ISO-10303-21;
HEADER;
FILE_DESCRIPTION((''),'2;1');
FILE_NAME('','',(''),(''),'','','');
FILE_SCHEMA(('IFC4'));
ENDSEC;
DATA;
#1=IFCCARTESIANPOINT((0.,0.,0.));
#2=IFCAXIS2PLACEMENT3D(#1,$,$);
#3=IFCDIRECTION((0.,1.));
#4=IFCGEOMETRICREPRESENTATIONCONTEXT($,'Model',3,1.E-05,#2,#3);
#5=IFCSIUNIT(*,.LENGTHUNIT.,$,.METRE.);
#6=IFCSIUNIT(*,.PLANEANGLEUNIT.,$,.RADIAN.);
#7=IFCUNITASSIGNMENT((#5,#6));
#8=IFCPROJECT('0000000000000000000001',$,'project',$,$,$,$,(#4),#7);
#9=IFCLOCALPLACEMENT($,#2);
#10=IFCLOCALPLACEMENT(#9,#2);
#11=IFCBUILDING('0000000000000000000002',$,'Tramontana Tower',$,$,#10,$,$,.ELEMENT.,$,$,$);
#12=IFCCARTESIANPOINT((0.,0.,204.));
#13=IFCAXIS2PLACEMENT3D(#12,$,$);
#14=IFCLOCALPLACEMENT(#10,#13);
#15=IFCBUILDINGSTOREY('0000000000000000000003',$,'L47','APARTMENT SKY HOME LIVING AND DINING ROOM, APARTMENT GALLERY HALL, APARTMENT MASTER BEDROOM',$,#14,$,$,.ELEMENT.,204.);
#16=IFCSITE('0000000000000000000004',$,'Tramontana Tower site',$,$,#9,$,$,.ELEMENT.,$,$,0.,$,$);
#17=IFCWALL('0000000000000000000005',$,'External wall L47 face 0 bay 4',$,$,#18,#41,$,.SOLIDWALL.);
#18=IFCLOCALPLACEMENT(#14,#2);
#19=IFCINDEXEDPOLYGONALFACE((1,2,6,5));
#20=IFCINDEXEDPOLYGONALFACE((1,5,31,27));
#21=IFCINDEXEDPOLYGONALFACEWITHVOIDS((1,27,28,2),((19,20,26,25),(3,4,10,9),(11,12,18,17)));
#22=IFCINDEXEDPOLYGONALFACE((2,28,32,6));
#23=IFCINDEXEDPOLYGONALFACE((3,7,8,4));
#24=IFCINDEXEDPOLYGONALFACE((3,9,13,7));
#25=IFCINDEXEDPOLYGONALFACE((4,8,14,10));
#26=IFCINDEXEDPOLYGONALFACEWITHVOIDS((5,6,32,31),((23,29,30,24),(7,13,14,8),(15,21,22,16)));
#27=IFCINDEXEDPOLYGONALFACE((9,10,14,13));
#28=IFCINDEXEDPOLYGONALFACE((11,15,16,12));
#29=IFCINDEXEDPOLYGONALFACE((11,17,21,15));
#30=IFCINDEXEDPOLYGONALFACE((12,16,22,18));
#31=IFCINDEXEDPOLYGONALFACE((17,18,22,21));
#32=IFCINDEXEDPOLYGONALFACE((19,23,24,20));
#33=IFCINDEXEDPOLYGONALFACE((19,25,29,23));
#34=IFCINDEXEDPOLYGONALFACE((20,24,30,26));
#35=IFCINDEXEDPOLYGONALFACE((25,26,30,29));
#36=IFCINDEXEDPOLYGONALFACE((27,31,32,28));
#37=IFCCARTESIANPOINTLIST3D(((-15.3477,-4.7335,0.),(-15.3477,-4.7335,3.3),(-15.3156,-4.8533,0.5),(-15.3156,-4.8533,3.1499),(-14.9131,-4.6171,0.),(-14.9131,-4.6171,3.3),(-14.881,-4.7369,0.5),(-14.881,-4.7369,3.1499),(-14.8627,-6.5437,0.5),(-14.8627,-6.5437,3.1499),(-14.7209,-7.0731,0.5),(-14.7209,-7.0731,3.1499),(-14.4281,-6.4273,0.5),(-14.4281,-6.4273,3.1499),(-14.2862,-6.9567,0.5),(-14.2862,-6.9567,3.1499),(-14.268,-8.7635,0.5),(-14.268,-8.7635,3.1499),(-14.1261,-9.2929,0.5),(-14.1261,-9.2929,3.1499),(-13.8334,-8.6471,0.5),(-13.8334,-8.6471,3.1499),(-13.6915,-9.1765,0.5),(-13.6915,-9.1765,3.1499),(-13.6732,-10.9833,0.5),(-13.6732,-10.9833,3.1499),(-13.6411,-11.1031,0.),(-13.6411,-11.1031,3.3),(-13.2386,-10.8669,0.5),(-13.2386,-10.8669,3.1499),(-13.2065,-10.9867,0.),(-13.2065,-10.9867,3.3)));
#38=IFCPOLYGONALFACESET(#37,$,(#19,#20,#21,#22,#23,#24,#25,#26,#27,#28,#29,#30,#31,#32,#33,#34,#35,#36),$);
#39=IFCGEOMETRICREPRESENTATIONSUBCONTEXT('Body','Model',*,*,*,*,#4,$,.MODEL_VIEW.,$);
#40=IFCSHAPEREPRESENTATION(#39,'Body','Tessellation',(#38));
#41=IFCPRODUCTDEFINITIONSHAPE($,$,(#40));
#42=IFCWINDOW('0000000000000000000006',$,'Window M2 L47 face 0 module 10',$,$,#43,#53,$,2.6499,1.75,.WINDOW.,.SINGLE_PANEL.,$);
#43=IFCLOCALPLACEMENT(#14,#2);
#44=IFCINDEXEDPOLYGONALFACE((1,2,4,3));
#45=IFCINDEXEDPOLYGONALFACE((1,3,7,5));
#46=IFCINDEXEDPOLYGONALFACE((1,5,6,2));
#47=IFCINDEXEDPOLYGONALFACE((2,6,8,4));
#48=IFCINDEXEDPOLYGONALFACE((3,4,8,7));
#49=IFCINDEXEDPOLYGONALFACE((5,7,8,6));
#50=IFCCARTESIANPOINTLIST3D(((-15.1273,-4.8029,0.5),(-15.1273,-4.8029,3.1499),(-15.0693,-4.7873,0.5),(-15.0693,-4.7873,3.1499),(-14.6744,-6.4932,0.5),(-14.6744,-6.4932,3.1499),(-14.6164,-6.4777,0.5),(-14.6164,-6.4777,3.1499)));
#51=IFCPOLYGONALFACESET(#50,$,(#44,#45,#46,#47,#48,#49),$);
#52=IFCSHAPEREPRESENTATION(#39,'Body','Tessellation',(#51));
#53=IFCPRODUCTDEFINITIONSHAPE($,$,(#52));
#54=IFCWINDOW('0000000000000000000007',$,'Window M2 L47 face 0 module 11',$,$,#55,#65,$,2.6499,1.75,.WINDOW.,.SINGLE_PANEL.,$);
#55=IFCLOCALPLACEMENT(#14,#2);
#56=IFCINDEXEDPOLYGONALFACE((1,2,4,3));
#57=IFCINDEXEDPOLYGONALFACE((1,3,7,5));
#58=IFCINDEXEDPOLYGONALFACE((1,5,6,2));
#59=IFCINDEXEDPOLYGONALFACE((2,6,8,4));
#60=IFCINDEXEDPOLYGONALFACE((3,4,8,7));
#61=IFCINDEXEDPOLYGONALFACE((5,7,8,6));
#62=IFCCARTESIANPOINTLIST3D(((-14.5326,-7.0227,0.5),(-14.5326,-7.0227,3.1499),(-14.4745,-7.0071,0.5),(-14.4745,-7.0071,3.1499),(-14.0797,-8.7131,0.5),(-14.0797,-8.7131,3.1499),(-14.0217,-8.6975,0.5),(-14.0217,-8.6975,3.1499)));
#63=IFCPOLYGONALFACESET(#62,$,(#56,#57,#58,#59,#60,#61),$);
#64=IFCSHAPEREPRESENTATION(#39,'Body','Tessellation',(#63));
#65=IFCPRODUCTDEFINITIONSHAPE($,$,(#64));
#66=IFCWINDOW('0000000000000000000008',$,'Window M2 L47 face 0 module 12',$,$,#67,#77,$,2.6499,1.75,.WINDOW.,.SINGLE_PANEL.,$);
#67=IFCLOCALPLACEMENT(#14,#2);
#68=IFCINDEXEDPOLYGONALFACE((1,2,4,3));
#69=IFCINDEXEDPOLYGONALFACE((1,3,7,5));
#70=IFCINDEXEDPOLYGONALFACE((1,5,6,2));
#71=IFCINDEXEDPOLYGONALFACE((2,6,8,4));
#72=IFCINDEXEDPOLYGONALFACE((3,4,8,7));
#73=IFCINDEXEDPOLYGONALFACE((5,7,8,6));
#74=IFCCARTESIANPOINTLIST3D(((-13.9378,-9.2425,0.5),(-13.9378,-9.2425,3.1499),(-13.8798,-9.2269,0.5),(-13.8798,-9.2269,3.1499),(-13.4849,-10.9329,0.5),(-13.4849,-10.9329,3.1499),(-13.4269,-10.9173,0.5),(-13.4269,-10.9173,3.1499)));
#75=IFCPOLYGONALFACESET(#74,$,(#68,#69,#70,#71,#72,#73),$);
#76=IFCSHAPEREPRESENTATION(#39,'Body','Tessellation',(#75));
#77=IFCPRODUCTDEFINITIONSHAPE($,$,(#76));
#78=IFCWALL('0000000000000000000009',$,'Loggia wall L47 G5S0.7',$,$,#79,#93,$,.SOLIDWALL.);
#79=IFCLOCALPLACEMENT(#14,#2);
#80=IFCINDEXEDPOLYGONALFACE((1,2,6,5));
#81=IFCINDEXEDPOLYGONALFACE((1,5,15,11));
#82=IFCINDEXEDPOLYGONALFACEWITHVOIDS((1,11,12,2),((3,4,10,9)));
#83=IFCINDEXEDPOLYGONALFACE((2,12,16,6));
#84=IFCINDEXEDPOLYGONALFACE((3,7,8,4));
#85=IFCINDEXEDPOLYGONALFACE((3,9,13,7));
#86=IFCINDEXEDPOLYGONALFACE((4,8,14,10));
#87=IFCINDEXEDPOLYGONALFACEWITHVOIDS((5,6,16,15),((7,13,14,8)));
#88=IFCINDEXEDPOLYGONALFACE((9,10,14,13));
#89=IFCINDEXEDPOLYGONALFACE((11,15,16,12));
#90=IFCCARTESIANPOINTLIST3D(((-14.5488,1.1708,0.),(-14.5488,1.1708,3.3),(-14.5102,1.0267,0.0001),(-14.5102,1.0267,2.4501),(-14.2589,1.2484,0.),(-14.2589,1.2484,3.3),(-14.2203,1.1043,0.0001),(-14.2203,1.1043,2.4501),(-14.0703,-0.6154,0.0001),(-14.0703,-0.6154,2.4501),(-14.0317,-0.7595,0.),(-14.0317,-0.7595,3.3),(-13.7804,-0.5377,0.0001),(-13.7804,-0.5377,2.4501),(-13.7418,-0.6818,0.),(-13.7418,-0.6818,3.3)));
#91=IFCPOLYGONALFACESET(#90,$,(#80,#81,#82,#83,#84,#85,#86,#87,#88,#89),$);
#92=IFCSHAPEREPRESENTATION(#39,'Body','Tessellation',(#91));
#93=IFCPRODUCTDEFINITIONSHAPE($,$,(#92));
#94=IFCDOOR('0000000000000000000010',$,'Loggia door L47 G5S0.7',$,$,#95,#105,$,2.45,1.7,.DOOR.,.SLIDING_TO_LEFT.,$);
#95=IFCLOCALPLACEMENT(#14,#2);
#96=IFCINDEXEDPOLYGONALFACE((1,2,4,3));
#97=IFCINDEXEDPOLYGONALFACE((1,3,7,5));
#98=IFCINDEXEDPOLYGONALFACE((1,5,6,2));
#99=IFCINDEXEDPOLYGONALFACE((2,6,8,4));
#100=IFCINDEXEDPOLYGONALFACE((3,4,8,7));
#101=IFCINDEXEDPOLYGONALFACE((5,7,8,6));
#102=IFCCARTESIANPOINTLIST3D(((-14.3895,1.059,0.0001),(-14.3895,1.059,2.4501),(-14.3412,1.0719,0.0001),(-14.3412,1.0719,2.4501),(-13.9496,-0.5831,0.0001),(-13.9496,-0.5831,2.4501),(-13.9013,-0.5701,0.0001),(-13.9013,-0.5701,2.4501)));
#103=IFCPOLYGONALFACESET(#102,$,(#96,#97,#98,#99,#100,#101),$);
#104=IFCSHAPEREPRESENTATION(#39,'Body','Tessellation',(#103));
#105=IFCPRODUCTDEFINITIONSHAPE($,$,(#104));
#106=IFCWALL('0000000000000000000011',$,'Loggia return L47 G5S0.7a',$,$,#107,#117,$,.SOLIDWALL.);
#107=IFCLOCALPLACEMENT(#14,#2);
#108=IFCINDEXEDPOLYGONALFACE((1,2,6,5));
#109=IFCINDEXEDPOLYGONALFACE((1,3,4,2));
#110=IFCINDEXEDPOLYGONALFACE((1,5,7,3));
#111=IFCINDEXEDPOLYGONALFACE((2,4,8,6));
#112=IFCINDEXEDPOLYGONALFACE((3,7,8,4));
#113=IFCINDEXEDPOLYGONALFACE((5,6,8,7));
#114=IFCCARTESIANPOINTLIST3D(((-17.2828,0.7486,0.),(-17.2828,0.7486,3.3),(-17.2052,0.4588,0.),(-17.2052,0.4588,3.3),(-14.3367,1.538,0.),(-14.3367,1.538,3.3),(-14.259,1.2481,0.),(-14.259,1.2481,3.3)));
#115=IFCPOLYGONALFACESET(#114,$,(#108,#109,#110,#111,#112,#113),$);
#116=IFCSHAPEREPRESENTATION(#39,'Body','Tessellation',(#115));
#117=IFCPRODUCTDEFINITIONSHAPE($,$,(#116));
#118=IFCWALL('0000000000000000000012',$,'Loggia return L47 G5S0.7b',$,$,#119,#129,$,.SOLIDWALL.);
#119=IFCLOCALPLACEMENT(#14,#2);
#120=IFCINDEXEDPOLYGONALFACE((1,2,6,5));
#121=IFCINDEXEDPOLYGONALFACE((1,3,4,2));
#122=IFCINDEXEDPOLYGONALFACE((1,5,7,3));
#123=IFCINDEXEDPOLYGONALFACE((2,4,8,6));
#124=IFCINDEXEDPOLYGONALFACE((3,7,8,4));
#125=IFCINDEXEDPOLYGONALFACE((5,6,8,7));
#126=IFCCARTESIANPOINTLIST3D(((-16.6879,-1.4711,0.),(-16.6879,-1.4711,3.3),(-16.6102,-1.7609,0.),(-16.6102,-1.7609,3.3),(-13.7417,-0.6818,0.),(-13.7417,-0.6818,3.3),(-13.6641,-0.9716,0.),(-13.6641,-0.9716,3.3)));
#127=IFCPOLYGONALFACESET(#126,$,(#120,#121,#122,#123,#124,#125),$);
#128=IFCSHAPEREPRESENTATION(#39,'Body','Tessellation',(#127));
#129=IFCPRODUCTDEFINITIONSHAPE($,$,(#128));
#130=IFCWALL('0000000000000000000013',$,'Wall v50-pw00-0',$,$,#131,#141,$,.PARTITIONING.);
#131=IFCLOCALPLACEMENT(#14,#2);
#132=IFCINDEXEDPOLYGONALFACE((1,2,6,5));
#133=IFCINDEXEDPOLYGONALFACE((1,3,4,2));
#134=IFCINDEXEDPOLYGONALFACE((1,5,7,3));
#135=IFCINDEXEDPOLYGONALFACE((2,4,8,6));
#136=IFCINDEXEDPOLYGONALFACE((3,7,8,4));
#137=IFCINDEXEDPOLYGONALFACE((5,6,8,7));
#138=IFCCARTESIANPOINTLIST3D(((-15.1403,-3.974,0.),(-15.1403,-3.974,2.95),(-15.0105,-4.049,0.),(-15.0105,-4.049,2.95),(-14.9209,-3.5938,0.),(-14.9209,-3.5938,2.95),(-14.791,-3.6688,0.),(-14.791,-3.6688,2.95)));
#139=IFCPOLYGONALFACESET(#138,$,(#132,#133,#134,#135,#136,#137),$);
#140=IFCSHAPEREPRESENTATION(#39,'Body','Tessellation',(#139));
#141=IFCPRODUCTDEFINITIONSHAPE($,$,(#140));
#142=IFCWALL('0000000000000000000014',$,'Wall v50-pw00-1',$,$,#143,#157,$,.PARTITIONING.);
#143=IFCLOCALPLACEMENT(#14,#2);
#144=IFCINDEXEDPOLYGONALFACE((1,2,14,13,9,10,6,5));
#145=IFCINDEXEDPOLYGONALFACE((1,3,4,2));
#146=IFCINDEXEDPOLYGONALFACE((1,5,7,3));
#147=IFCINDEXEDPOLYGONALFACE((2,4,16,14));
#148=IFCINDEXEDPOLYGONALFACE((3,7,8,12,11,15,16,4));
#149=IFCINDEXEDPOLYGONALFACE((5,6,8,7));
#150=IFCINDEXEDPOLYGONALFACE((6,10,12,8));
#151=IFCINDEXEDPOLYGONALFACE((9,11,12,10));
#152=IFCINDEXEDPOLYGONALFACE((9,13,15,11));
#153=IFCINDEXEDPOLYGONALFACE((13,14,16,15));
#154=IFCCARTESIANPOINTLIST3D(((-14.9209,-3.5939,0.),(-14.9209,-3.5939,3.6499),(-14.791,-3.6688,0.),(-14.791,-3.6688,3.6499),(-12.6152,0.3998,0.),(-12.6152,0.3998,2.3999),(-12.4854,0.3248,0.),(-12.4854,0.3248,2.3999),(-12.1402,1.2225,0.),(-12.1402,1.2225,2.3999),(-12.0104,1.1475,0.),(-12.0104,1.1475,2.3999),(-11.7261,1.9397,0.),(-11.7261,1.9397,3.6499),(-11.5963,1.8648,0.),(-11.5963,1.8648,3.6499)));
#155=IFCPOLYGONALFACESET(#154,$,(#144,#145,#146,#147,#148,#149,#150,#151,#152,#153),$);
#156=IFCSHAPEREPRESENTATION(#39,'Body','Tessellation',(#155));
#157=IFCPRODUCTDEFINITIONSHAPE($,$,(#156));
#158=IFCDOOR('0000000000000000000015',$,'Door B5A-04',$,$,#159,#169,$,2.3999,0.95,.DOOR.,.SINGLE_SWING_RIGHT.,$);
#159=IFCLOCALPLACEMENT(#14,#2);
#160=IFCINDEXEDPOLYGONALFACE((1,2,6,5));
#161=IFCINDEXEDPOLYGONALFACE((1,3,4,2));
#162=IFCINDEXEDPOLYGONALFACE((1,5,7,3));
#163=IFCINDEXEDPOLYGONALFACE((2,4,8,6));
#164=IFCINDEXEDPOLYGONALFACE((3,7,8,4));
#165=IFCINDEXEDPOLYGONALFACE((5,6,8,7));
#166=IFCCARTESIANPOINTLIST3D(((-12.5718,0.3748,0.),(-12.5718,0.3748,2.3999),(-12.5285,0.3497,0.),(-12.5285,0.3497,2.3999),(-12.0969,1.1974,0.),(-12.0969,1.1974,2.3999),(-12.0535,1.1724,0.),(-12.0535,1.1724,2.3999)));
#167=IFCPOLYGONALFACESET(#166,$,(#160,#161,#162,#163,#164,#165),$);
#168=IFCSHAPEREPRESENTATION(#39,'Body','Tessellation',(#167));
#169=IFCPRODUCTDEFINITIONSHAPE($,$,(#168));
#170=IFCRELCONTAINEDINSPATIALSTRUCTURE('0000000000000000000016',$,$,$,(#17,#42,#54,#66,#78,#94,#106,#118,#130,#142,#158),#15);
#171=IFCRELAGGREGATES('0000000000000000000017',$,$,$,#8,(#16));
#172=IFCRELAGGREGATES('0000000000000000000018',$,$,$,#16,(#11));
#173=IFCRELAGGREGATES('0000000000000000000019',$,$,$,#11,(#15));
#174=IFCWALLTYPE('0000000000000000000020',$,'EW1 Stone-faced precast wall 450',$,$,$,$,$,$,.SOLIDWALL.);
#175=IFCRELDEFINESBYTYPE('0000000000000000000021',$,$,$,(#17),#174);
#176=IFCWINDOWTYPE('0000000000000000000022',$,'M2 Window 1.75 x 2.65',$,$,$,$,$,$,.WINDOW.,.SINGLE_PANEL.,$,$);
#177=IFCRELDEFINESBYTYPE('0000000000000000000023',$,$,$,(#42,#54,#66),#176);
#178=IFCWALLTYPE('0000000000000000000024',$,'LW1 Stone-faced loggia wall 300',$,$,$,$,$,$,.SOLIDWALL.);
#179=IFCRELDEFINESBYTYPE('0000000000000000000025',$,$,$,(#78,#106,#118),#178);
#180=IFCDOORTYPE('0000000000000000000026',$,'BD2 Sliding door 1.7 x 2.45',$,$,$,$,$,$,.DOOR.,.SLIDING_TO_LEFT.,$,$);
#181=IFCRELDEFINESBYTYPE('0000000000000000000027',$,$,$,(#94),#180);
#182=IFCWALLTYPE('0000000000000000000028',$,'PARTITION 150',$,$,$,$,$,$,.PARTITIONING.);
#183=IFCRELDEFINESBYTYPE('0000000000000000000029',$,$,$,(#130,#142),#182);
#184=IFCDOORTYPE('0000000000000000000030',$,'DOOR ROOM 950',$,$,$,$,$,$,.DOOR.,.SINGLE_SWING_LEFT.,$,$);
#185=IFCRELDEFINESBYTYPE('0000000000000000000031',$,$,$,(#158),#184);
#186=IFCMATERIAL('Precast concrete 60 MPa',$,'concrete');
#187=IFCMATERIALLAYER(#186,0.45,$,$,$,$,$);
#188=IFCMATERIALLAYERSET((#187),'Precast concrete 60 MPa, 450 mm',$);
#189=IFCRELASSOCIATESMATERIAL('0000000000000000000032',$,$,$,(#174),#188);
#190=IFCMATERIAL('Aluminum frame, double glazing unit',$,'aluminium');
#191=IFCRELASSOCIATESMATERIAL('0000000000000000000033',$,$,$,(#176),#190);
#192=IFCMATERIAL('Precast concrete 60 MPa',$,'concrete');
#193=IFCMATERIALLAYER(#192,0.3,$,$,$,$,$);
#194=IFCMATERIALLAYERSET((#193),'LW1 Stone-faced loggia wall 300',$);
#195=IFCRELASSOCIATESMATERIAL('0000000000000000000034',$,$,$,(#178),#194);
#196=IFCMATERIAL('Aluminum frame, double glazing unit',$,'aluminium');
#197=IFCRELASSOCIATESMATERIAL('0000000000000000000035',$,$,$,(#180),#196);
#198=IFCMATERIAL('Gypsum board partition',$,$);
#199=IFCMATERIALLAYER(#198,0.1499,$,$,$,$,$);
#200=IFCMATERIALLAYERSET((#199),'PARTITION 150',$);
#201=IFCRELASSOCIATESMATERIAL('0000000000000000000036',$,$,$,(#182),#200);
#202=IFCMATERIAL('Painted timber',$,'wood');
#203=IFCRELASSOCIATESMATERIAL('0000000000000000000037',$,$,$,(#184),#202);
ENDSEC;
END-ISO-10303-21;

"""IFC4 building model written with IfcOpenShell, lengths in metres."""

from ifc_helpers import new_model, si_unit, direction, frame, frame_2d, origin, place, context, subcontext, project, spatial, rectangle, extrude, material, layer, layer_set, type_object, element, fill, save


model = new_model("IFC4")

# Units and contexts
model_context = context("Model", 3, precision=1e-05, world=origin(), true_north=direction((0.0, 1.0)))
body_context = subcontext(model_context, "Body", "Model", "MODEL_VIEW")
ifc_project = project(units=[si_unit("LENGTHUNIT", "METRE"), si_unit("PLANEANGLEUNIT", "RADIAN")], contexts=[model_context])

# Site, building, storey
site_placement = place(None, origin())
site = spatial("IfcSite", under=ifc_project, at=site_placement, Name="Tramontana Tower site", CompositionType="ELEMENT", RefElevation=0.0)
building_placement = place(site_placement, origin())
building = spatial("IfcBuilding", under=site, at=building_placement, Name="Tramontana Tower", CompositionType="ELEMENT")
storey_placement = place(building_placement, frame((0.0, 0.0, 204.0)))
storey = spatial("IfcBuildingStorey", under=building, at=storey_placement, Name="L47", Description="APARTMENT SKY HOME LIVING AND DINING ROOM, APARTMENT GALLERY HALL, APARTMENT MASTER BEDROOM", CompositionType="ELEMENT", Elevation=204.0)

# Shared definitions
ifc_material_1 = material(Name="Precast concrete 60 MPa", Category="concrete")
ifc_layer_1 = layer(ifc_material_1, 0.45)
ifc_layer_set_1 = layer_set([ifc_layer_1], Name="Precast concrete 60 MPa, 450 mm")
wall_type_1 = type_object("IfcWallType", Name="EW1 Stone-faced precast wall 450", PredefinedType="SOLIDWALL", material=ifc_layer_set_1)
ifc_material_2 = material(Name="Aluminum frame, double glazing unit", Category="aluminium")
window_type = type_object("IfcWindowType", Name="M2 Window 1.75 x 2.65", PartitioningType="SINGLE_PANEL", PredefinedType="WINDOW", material=ifc_material_2)

# Wall, openings, windows
wall_1_placement = place(storey_placement, frame((-15.1304, -4.6753, 0.0), z_axis=(0.0, 0.0, 1.0), x_axis=(0.258792, -0.965933, 0.0)))
wall_1 = element("IfcWall", 1, at=wall_1_placement, inside=storey, type_object=wall_type_1, Name="External wall L47 face 0 bay 4", PredefinedType="SOLIDWALL", context=body_context, shape_type="SweptSolid", body=[
    extrude(rectangle(XDim=6.5942, YDim=0.45, at=frame_2d((3.2971, 0.0))), origin(), (0.0, 0.0, 1.0), 3.3),
])
opening_1_placement = place(wall_1_placement, frame((0.124, 0.0, 0.5)))
opening_1 = element("IfcOpeningElement", 2, at=opening_1_placement, cuts=wall_1, PredefinedType="OPENING", context=body_context, shape_type="SweptSolid", body=[
    extrude(rectangle(XDim=1.75, YDim=2.6499, at=frame_2d((0.875, 1.325))), frame((0.0, 0.2349, 0.0), z_axis=(0.0, -1.0, 0.0), x_axis=(1.0, 0.0, 0.0)), (0.0, 0.0, 1.0), 0.47),
])
opening_2_placement = place(wall_1_placement, frame((2.4221, 0.0, 0.5)))
opening_2 = element("IfcOpeningElement", 3, at=opening_2_placement, cuts=wall_1, PredefinedType="OPENING", context=body_context, shape_type="SweptSolid", body=[
    extrude(rectangle(XDim=1.75, YDim=2.6499, at=frame_2d((0.875, 1.325))), frame((0.0, 0.2349, 0.0), z_axis=(0.0, -1.0, 0.0), x_axis=(1.0, 0.0, 0.0)), (0.0, 0.0, 1.0), 0.47),
])
opening_3_placement = place(wall_1_placement, frame((4.7202, 0.0, 0.5)))
opening_3 = element("IfcOpeningElement", 4, at=opening_3_placement, cuts=wall_1, PredefinedType="OPENING", context=body_context, shape_type="SweptSolid", body=[
    extrude(rectangle(XDim=1.75, YDim=2.6499, at=frame_2d((0.875, 1.325))), frame((0.0, 0.2349, 0.0), z_axis=(0.0, -1.0, 0.0), x_axis=(1.0, 0.0, 0.0)), (0.0, 0.0, 1.0), 0.47),
])
window_1_placement = place(opening_1_placement, origin())
window_1 = element("IfcWindow", 5, at=window_1_placement, inside=storey, type_object=window_type, Name="Window M2 L47 face 0 module 10", OverallHeight=2.6499, OverallWidth=1.75, PartitioningType="SINGLE_PANEL", PredefinedType="WINDOW", context=body_context, shape_type="SweptSolid", body=[
    extrude(rectangle(XDim=1.75, YDim=2.6499, at=frame_2d((0.875, 1.325))), frame((0.0, 0.03, 0.0), z_axis=(0.0, -1.0, 0.0), x_axis=(1.0, 0.0, 0.0)), (0.0, 0.0, 1.0), 0.0601),
])
fill(opening_1, window_1)
window_2_placement = place(opening_2_placement, origin())
window_2 = element("IfcWindow", 6, at=window_2_placement, inside=storey, type_object=window_type, Name="Window M2 L47 face 0 module 11", OverallHeight=2.6499, OverallWidth=1.75, PartitioningType="SINGLE_PANEL", PredefinedType="WINDOW", context=body_context, shape_type="SweptSolid", body=[
    extrude(rectangle(XDim=1.75, YDim=2.6499, at=frame_2d((0.875, 1.325))), frame((0.0, 0.03, 0.0), z_axis=(0.0, -1.0, 0.0), x_axis=(1.0, 0.0, 0.0)), (0.0, 0.0, 1.0), 0.0601),
])
fill(opening_2, window_2)
window_3_placement = place(opening_3_placement, origin())
window_3 = element("IfcWindow", 7, at=window_3_placement, inside=storey, type_object=window_type, Name="Window M2 L47 face 0 module 12", OverallHeight=2.6499, OverallWidth=1.75, PartitioningType="SINGLE_PANEL", PredefinedType="WINDOW", context=body_context, shape_type="SweptSolid", body=[
    extrude(rectangle(XDim=1.75, YDim=2.6499, at=frame_2d((0.875, 1.325))), frame((0.0, 0.03, 0.0), z_axis=(0.0, -1.0, 0.0), x_axis=(1.0, 0.0, 0.0)), (0.0, 0.0, 1.0), 0.0601),
])
fill(opening_3, window_3)

# Wall, opening, door
ifc_material_3 = material(Name="Precast concrete 60 MPa", Category="concrete")
ifc_layer_2 = layer(ifc_material_3, 0.3)
ifc_layer_set_2 = layer_set([ifc_layer_2], Name="LW1 Stone-faced loggia wall 300")
wall_type_2 = type_object("IfcWallType", Name="LW1 Stone-faced loggia wall 300", PredefinedType="SOLIDWALL", material=ifc_layer_set_2)
wall_2_placement = place(storey_placement, frame((-14.4038, 1.2095, 0.0), z_axis=(0.0, 0.0, 1.0), x_axis=(0.258773, -0.965938, 0.0)))
wall_2 = element("IfcWall", 8, at=wall_2_placement, inside=storey, type_object=wall_type_2, Name="Loggia wall L47 G5S0.7", PredefinedType="SOLIDWALL", context=body_context, shape_type="SweptSolid", body=[
    extrude(rectangle(XDim=1.9983, YDim=0.3, at=frame_2d((0.999, 0.0))), origin(), (0.0, 0.0, 1.0), 3.3),
])
opening_4_placement = place(wall_2_placement, frame((0.1489, 0.0, 0.0)))
opening_4 = element("IfcOpeningElement", 9, at=opening_4_placement, cuts=wall_2, PredefinedType="OPENING", context=body_context, shape_type="SweptSolid", body=[
    extrude(rectangle(XDim=1.7, YDim=2.45, at=frame_2d((0.8501, 1.2251))), frame((0.0, 0.1599, 0.0), z_axis=(0.0, -1.0, 0.0), x_axis=(1.0, 0.0, 0.0)), (0.0, 0.0, 1.0), 0.3201),
])
ifc_material_4 = material(Name="Aluminum frame, double glazing unit", Category="aluminium")
door_type_1 = type_object("IfcDoorType", Name="BD2 Sliding door 1.7 x 2.45", OperationType="SLIDING_TO_LEFT", PredefinedType="DOOR", material=ifc_material_4)
door_1_placement = place(opening_4_placement, origin())
door_1 = element("IfcDoor", 10, at=door_1_placement, inside=storey, type_object=door_type_1, Name="Loggia door L47 G5S0.7", OperationType="SLIDING_TO_LEFT", OverallHeight=2.45, OverallWidth=1.7, PredefinedType="DOOR", context=body_context, shape_type="SweptSolid", body=[
    extrude(rectangle(XDim=1.7, YDim=2.45, at=frame_2d((0.8501, 1.2251))), frame((0.0, 0.0249, 0.0), z_axis=(0.0, -1.0, 0.0), x_axis=(1.0, 0.0, 0.0)), (0.0, 0.0, 1.0), 0.05),
])
fill(opening_4, door_1)

# Walls
for number, where, z_axis, x_axis, name in (
    (11, (-17.2439, 0.6038, 0.0), (0.0, 0.0, 1.0), (0.965933, 0.258793, 0.0), "Loggia return L47 G5S0.7a"),
    (12, (-16.6489, -1.616, 0.0), (0.0, 0.0, 1.0), (0.965933, 0.258793, 0.0), "Loggia return L47 G5S0.7b"),
):
    element("IfcWall", number, at=place(storey_placement, frame(where, z_axis=z_axis, x_axis=x_axis)), inside=storey, type_object=wall_type_2, Name=name, PredefinedType="SOLIDWALL", context=body_context, shape_type="SweptSolid", body=[
        extrude(rectangle(XDim=3.05, YDim=0.3, at=frame_2d((1.5249, 0.0))), origin(), (0.0, 0.0, 1.0), 3.3),
    ])
ifc_material_5 = material(Name="Gypsum board partition")
ifc_layer_3 = layer(ifc_material_5, 0.1499)
ifc_layer_set_3 = layer_set([ifc_layer_3], Name="PARTITION 150")
wall_type_3 = type_object("IfcWallType", Name="PARTITION 150", PredefinedType="PARTITIONING", material=ifc_layer_set_3)
wall_3_placement = place(storey_placement, frame((-15.0754, -4.0115, 0.0), z_axis=(0.0, 0.0, 1.0), x_axis=(0.500027, 0.86601, 0.0)))
element("IfcWall", 13, at=wall_3_placement, inside=storey, type_object=wall_type_3, Name="Wall v50-pw00-0", PredefinedType="PARTITIONING", context=body_context, shape_type="SweptSolid", body=[
    extrude(rectangle(XDim=0.439, YDim=0.1499, at=frame_2d((0.2195, 0.0))), origin(), (0.0, 0.0, 1.0), 2.95),
])

# Wall, opening, door
wall_4_placement = place(storey_placement, frame((-14.856, -3.6313, 0.0), z_axis=(0.0, 0.0, 1.0), x_axis=(0.499994, 0.866029, 0.0)))
wall_4 = element("IfcWall", 14, at=wall_4_placement, inside=storey, type_object=wall_type_3, Name="Wall v50-pw00-1", PredefinedType="PARTITIONING", context=body_context, shape_type="SweptSolid", body=[
    extrude(rectangle(XDim=6.3896, YDim=0.1499, at=frame_2d((3.1948, 0.0))), origin(), (0.0, 0.0, 1.0), 3.6499),
])
opening_5_placement = place(wall_4_placement, frame((4.6113, 0.0, 0.0)))
opening_5 = element("IfcOpeningElement", 15, at=opening_5_placement, cuts=wall_4, PredefinedType="OPENING", context=body_context, shape_type="SweptSolid", body=[
    extrude(rectangle(XDim=0.95, YDim=2.3999, at=frame_2d((0.4751, 1.2))), frame((0.0, 0.085, 0.0), z_axis=(0.0, -1.0, 0.0), x_axis=(1.0, 0.0, 0.0)), (0.0, 0.0, 1.0), 0.1699),
])
ifc_material_6 = material(Name="Painted timber", Category="wood")
door_type_2 = type_object("IfcDoorType", Name="DOOR ROOM 950", OperationType="SINGLE_SWING_LEFT", PredefinedType="DOOR", material=ifc_material_6)
door_2_placement = place(opening_5_placement, origin())
door_2 = element("IfcDoor", 16, at=door_2_placement, inside=storey, type_object=door_type_2, Name="Door B5A-04", OperationType="SINGLE_SWING_RIGHT", OverallHeight=2.3999, OverallWidth=0.95, PredefinedType="DOOR", context=body_context, shape_type="SweptSolid", body=[
    extrude(rectangle(XDim=0.95, YDim=2.3999, at=frame_2d((0.4751, 1.2))), frame((0.0, 0.0249, 0.0), z_axis=(0.0, -1.0, 0.0), x_axis=(1.0, 0.0, 0.0)), (0.0, 0.0, 1.0), 0.05),
])
fill(opening_5, door_2)

save(model, "model.ifc")
